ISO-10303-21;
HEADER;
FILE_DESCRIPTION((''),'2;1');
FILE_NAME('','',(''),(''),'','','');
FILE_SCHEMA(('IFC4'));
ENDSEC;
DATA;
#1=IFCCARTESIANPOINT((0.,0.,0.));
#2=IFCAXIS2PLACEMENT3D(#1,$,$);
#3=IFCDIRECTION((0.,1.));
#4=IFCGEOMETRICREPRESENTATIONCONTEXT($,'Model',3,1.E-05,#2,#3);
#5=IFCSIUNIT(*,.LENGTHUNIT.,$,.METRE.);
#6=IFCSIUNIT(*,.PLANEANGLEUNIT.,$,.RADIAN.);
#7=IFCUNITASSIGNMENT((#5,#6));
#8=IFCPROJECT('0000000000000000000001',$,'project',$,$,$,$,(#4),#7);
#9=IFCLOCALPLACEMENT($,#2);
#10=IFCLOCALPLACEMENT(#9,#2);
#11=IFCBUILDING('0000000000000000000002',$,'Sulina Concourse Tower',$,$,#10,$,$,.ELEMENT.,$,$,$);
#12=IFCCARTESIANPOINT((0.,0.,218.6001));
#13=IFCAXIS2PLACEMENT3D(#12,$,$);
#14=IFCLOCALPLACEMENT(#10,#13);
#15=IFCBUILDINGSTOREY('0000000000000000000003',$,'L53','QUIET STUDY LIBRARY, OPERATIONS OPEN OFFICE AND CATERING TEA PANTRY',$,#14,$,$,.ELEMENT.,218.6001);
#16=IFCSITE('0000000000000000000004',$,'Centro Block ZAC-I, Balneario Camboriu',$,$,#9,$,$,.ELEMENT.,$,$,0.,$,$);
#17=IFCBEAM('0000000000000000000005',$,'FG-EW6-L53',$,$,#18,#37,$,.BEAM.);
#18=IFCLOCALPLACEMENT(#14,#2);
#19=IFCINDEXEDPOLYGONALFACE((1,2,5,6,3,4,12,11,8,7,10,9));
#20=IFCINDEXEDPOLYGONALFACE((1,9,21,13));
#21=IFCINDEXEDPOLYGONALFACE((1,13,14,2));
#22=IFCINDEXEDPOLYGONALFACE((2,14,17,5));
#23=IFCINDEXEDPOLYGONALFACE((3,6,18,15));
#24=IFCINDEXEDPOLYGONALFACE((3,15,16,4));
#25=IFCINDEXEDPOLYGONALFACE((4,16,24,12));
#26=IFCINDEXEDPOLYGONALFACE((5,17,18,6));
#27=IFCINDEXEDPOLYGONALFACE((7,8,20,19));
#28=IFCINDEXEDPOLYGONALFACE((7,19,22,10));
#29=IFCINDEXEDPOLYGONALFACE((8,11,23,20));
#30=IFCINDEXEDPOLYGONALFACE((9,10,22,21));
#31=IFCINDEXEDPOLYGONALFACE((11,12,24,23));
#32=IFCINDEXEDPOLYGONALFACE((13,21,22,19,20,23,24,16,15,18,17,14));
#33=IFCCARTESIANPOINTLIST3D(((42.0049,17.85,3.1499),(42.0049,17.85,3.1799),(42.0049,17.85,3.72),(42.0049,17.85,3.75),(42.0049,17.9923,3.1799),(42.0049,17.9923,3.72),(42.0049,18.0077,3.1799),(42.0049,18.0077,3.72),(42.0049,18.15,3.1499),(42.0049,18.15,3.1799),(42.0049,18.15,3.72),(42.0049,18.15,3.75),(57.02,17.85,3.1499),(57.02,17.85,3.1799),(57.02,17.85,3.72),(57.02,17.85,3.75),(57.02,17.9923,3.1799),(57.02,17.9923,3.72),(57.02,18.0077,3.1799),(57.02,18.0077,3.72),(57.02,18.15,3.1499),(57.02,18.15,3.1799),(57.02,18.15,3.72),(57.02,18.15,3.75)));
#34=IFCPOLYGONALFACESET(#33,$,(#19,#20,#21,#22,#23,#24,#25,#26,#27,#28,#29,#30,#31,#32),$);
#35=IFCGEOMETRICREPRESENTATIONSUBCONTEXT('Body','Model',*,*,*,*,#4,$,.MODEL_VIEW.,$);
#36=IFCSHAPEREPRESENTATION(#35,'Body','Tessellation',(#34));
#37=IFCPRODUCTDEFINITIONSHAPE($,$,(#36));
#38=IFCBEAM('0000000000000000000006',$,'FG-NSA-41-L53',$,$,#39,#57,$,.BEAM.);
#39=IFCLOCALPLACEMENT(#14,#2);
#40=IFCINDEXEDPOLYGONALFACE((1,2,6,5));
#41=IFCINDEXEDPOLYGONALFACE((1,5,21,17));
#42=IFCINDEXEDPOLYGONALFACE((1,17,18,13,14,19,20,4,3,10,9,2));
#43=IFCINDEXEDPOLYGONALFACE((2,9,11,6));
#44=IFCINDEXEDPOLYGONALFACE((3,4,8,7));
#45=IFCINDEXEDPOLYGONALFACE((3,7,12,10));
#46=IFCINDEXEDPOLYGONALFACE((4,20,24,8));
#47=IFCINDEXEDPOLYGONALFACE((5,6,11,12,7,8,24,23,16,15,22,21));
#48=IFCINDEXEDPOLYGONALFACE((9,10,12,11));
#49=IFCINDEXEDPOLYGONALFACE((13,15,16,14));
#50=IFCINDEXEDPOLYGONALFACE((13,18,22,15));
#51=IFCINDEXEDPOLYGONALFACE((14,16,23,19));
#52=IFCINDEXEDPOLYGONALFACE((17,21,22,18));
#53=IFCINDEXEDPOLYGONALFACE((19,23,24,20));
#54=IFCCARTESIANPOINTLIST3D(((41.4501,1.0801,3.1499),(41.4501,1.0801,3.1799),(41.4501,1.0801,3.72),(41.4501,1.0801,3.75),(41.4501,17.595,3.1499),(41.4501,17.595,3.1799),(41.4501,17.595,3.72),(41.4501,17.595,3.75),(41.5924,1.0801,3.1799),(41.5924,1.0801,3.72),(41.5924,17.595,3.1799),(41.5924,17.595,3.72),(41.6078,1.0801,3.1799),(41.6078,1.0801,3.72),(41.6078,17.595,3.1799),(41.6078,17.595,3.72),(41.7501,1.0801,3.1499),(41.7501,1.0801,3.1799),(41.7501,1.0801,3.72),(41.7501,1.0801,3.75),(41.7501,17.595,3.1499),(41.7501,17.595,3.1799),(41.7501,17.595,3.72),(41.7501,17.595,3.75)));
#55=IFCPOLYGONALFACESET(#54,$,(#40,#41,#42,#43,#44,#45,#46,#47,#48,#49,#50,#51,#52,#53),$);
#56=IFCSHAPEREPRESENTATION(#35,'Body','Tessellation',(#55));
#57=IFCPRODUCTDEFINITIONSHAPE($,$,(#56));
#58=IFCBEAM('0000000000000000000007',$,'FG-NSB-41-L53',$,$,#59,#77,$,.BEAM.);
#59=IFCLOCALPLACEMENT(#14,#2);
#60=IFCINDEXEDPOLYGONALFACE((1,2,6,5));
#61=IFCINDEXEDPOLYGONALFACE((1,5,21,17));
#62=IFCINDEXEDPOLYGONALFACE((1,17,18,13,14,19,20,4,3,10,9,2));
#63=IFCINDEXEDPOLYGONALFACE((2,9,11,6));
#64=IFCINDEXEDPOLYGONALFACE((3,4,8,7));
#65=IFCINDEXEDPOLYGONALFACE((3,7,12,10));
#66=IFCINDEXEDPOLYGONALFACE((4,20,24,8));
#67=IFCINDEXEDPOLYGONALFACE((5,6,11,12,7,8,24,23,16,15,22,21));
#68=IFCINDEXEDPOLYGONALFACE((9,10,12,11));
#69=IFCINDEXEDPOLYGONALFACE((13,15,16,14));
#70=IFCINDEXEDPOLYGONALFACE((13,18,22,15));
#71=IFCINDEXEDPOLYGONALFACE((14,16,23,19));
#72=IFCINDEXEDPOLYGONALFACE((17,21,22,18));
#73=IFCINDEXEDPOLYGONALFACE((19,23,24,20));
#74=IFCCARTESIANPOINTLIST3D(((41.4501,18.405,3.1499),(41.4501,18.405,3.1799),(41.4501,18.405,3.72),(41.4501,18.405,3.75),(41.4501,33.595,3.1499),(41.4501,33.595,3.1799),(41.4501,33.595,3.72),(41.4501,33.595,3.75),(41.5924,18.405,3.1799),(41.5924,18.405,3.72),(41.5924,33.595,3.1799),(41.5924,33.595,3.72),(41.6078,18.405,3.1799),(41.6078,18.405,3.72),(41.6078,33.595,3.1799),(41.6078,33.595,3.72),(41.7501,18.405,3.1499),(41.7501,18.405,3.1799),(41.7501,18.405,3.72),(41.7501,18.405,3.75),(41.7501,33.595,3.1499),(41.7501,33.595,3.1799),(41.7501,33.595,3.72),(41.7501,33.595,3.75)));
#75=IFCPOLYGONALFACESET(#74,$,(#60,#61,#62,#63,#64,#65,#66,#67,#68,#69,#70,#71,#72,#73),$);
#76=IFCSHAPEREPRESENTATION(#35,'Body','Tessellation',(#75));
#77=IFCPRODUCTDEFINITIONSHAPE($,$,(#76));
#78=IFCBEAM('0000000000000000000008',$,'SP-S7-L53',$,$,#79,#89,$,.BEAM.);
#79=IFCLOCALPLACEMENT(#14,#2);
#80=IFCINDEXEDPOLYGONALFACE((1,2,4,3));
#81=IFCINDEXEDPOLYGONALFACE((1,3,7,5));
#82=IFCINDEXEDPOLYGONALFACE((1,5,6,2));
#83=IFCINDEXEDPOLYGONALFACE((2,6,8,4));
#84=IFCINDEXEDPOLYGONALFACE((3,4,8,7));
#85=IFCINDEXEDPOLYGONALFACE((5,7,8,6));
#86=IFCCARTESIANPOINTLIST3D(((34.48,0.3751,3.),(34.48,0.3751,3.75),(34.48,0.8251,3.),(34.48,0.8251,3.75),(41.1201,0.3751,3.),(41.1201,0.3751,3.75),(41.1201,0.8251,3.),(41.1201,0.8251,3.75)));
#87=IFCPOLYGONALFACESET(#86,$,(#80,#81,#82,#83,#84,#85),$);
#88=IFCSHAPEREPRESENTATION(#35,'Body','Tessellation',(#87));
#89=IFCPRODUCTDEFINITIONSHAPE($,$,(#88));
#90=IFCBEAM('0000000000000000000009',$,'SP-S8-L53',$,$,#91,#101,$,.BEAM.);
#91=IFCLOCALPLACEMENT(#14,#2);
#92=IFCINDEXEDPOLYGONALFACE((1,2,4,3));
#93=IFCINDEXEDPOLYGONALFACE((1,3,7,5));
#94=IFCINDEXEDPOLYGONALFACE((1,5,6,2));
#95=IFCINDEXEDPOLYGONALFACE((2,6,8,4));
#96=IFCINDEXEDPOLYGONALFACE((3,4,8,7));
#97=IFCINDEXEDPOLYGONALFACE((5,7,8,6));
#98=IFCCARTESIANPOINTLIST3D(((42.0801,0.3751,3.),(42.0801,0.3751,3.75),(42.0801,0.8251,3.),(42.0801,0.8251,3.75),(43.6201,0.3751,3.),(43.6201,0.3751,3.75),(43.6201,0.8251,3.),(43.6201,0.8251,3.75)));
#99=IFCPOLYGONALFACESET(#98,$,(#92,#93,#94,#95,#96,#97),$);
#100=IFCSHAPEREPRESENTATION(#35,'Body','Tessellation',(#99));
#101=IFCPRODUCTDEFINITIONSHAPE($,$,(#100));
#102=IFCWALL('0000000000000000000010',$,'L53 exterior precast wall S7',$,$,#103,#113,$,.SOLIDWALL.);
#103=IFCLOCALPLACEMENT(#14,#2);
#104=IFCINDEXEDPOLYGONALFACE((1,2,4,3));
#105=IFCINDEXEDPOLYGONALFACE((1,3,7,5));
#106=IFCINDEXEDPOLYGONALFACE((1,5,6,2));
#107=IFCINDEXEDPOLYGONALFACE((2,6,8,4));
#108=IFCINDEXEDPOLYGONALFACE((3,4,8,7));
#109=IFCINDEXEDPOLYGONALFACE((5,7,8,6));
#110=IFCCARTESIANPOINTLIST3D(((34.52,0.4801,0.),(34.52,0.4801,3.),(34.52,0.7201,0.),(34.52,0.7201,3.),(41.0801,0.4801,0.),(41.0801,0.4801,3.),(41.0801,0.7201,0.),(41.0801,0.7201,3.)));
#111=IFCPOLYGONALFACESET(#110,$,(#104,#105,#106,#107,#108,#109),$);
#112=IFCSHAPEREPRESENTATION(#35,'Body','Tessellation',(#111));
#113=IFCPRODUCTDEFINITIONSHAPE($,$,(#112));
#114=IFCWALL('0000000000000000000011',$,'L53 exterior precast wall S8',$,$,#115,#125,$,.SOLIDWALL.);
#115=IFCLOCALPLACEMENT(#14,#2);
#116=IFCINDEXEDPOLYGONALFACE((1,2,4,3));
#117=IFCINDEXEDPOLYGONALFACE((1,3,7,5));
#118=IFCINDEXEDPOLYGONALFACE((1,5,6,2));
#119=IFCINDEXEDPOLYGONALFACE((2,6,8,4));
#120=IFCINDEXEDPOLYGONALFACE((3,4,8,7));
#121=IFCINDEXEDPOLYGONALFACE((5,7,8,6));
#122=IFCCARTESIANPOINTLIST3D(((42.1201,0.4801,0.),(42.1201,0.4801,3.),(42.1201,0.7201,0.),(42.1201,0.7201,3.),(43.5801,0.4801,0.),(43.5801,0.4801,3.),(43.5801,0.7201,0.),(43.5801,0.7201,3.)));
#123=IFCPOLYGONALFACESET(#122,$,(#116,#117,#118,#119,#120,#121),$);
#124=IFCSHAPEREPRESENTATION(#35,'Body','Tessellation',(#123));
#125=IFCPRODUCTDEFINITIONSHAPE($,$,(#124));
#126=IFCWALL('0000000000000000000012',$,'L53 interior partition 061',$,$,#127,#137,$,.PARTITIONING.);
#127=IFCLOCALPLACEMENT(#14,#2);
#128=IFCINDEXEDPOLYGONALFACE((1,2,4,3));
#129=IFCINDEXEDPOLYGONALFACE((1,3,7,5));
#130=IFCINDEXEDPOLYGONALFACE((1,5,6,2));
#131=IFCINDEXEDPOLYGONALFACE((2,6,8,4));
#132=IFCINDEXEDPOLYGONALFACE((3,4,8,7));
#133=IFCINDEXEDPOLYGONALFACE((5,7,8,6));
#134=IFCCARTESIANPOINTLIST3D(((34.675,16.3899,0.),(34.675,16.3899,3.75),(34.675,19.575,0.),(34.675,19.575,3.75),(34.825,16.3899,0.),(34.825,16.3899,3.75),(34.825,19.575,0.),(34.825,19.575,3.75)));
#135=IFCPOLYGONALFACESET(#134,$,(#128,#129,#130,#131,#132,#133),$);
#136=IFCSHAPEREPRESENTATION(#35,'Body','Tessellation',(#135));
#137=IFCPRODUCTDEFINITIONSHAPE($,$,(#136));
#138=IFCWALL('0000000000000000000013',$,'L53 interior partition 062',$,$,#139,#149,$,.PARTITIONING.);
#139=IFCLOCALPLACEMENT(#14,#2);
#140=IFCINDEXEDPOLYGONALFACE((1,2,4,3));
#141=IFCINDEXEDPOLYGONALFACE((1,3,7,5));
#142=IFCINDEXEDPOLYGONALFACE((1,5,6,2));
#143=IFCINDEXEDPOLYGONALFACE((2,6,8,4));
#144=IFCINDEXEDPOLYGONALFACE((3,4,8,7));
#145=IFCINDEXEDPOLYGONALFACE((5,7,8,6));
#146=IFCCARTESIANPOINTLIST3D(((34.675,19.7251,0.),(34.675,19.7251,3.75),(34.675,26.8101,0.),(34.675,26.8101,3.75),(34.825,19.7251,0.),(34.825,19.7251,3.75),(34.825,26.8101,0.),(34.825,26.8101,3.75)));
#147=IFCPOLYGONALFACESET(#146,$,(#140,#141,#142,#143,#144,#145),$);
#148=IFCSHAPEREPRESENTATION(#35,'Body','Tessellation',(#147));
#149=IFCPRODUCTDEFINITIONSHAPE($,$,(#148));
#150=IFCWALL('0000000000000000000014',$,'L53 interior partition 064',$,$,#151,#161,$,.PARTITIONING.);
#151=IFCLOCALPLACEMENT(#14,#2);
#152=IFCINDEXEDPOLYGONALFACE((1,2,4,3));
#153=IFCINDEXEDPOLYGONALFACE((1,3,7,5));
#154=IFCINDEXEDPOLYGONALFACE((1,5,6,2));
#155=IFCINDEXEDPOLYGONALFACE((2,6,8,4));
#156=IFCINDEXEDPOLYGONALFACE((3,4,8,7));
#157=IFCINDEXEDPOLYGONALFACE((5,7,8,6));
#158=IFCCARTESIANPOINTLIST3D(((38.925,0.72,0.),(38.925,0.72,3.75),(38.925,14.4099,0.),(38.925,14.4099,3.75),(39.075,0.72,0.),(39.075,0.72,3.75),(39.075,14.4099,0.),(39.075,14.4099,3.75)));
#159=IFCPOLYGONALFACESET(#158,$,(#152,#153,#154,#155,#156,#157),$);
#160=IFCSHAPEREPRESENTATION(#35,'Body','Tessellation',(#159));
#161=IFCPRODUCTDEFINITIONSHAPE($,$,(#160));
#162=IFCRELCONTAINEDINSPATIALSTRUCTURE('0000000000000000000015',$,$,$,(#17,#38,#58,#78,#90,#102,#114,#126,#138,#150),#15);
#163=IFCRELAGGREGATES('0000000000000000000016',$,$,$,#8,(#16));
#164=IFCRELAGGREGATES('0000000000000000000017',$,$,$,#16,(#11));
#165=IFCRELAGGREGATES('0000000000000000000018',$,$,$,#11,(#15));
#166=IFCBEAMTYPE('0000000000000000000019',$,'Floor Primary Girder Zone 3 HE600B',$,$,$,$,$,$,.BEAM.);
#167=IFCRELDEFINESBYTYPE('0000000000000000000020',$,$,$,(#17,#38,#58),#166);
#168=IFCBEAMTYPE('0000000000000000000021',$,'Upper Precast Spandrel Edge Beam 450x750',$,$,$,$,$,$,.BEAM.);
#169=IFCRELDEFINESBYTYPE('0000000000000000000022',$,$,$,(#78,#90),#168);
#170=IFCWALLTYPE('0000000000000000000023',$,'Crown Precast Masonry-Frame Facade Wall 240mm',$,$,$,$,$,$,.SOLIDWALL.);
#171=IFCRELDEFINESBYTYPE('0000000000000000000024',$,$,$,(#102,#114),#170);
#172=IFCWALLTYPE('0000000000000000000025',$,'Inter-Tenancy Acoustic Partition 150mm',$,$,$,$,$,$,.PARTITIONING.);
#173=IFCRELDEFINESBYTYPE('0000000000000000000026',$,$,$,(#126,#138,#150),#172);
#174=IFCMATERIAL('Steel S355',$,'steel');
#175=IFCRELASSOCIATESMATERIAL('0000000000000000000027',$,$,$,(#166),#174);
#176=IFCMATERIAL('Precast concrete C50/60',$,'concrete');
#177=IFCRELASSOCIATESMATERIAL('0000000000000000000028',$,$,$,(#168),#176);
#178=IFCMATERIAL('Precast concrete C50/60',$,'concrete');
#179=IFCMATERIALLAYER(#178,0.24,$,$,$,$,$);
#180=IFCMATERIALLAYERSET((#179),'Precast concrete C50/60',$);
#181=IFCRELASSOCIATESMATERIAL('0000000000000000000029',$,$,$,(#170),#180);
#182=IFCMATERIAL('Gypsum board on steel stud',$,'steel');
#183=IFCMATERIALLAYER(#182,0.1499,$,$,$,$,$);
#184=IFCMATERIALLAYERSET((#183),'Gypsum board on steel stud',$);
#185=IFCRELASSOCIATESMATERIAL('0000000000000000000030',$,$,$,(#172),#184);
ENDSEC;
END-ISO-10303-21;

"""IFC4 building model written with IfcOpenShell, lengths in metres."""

from ifc_helpers import new_model, si_unit, direction, frame, frame_2d, origin, origin_2d, place, context, subcontext, project, spatial, rectangle, i_section, extrude, material, layer, layer_set, material_profile, profile_set, type_object, element, save


model = new_model("IFC4")

# Units and contexts
model_context = context("Model", 3, precision=1e-05, world=origin(), true_north=direction((0.0, 1.0)))
body_context = subcontext(model_context, "Body", "Model", "MODEL_VIEW")
ifc_project = project(units=[si_unit("LENGTHUNIT", "METRE"), si_unit("PLANEANGLEUNIT", "RADIAN")], contexts=[model_context])

# Site, building, storey
site_placement = place(None, origin())
site = spatial("IfcSite", under=ifc_project, at=site_placement, Name="Centro Block ZAC-I, Balneario Camboriu", CompositionType="ELEMENT", RefElevation=0.0)
building_placement = place(site_placement, origin())
building = spatial("IfcBuilding", under=site, at=building_placement, Name="Sulina Concourse Tower", CompositionType="ELEMENT")
storey_placement = place(building_placement, frame((0.0, 0.0, 218.6001)))
storey = spatial("IfcBuildingStorey", under=building, at=storey_placement, Name="L53", Description="QUIET STUDY LIBRARY, OPERATIONS OPEN OFFICE AND CATERING TEA PANTRY", CompositionType="ELEMENT", Elevation=218.6001)

# Beams
ifc_material_1 = material(Name="Steel S355", Category="steel")
ifc_material_profile_1 = material_profile(ifc_material_1, i_section(OverallWidth=0.3, OverallDepth=0.6001, WebThickness=0.0154, FlangeThickness=0.03, at=origin_2d()), Name="HE 600 B")
ifc_profile_set_1 = profile_set([ifc_material_profile_1], Name="Steel S355")
beam_type_1 = type_object("IfcBeamType", Name="Floor Primary Girder Zone 3 HE600B", PredefinedType="BEAM", material=ifc_profile_set_1)
beam_1_placement = place(storey_placement, frame((42.0049, 18.0, 3.45), z_axis=(1.0, 0.0, 0.0), x_axis=(0.0, 1.0, 0.0)))
element("IfcBeam", 1, at=beam_1_placement, inside=storey, type_object=beam_type_1, Name="FG-EW6-L53", PredefinedType="BEAM", context=body_context, shape_type="SweptSolid", body=[
    extrude(i_section(OverallWidth=0.3, OverallDepth=0.6001, WebThickness=0.0154, FlangeThickness=0.03, at=origin_2d()), origin(), (0.0, 0.0, 1.0), 15.0151),
])
beam_2_placement = place(storey_placement, frame((41.6001, 1.0801, 3.45), z_axis=(0.0, 1.0, 0.0), x_axis=(-1.0, 0.0, 0.0)))
element("IfcBeam", 2, at=beam_2_placement, inside=storey, type_object=beam_type_1, Name="FG-NSA-41-L53", PredefinedType="BEAM", context=body_context, shape_type="SweptSolid", body=[
    extrude(i_section(OverallWidth=0.3, OverallDepth=0.6001, WebThickness=0.0154, FlangeThickness=0.03, at=origin_2d()), origin(), (0.0, 0.0, 1.0), 16.5149),
])
beam_3_placement = place(storey_placement, frame((41.6001, 18.405, 3.45), z_axis=(0.0, 1.0, 0.0), x_axis=(-1.0, 0.0, 0.0)))
element("IfcBeam", 3, at=beam_3_placement, inside=storey, type_object=beam_type_1, Name="FG-NSB-41-L53", PredefinedType="BEAM", context=body_context, shape_type="SweptSolid", body=[
    extrude(i_section(OverallWidth=0.3, OverallDepth=0.6001, WebThickness=0.0154, FlangeThickness=0.03, at=origin_2d()), origin(), (0.0, 0.0, 1.0), 15.1899),
])
ifc_material_2 = material(Name="Precast concrete C50/60", Category="concrete")
ifc_material_profile_2 = material_profile(ifc_material_2, rectangle(XDim=0.45, YDim=0.75, at=origin_2d()), Name="RC 450x750")
ifc_profile_set_2 = profile_set([ifc_material_profile_2], Name="Precast concrete C50/60")
beam_type_2 = type_object("IfcBeamType", Name="Upper Precast Spandrel Edge Beam 450x750", PredefinedType="BEAM", material=ifc_profile_set_2)
beam_4_placement = place(storey_placement, frame((34.48, 0.6001, 3.375), z_axis=(1.0, 0.0, 0.0), x_axis=(0.0, 1.0, 0.0)))
element("IfcBeam", 4, at=beam_4_placement, inside=storey, type_object=beam_type_2, Name="SP-S7-L53", PredefinedType="BEAM", context=body_context, shape_type="SweptSolid", body=[
    extrude(rectangle(XDim=0.45, YDim=0.75, at=origin_2d()), origin(), (0.0, 0.0, 1.0), 6.6401),
])
beam_5_placement = place(storey_placement, frame((42.0801, 0.6001, 3.375), z_axis=(1.0, 0.0, 0.0), x_axis=(0.0, 1.0, 0.0)))
element("IfcBeam", 5, at=beam_5_placement, inside=storey, type_object=beam_type_2, Name="SP-S8-L53", PredefinedType="BEAM", context=body_context, shape_type="SweptSolid", body=[
    extrude(rectangle(XDim=0.45, YDim=0.75, at=origin_2d()), origin(), (0.0, 0.0, 1.0), 1.54),
])

# Walls
ifc_material_3 = material(Name="Precast concrete C50/60", Category="concrete")
ifc_layer_1 = layer(ifc_material_3, 0.24)
ifc_layer_set_1 = layer_set([ifc_layer_1], Name="Precast concrete C50/60")
wall_type_1 = type_object("IfcWallType", Name="Crown Precast Masonry-Frame Facade Wall 240mm", PredefinedType="SOLIDWALL", material=ifc_layer_set_1)
wall_1_placement = place(storey_placement, frame((41.0801, 0.6001, 0.0), z_axis=(0.0, 0.0, 1.0), x_axis=(-1.0, 0.0, 0.0)))
element("IfcWall", 6, at=wall_1_placement, inside=storey, type_object=wall_type_1, Name="L53 exterior precast wall S7", PredefinedType="SOLIDWALL", context=body_context, shape_type="SweptSolid", body=[
    extrude(rectangle(XDim=6.5601, YDim=0.24, at=frame_2d((3.28, 0.0))), origin(), (0.0, 0.0, 1.0), 3.0),
])
wall_2_placement = place(storey_placement, frame((43.5801, 0.6001, 0.0), z_axis=(0.0, 0.0, 1.0), x_axis=(-1.0, 0.0, 0.0)))
element("IfcWall", 7, at=wall_2_placement, inside=storey, type_object=wall_type_1, Name="L53 exterior precast wall S8", PredefinedType="SOLIDWALL", context=body_context, shape_type="SweptSolid", body=[
    extrude(rectangle(XDim=1.46, YDim=0.24, at=frame_2d((0.73, 0.0))), origin(), (0.0, 0.0, 1.0), 3.0),
])
ifc_material_4 = material(Name="Gypsum board on steel stud", Category="steel")
ifc_layer_2 = layer(ifc_material_4, 0.1499)
ifc_layer_set_2 = layer_set([ifc_layer_2], Name="Gypsum board on steel stud")
wall_type_2 = type_object("IfcWallType", Name="Inter-Tenancy Acoustic Partition 150mm", PredefinedType="PARTITIONING", material=ifc_layer_set_2)
wall_3_placement = place(storey_placement, frame((34.75, 16.3899, 0.0), z_axis=(0.0, 0.0, 1.0), x_axis=(0.0, 1.0, 0.0)))
element("IfcWall", 8, at=wall_3_placement, inside=storey, type_object=wall_type_2, Name="L53 interior partition 061", PredefinedType="PARTITIONING", context=body_context, shape_type="SweptSolid", body=[
    extrude(rectangle(XDim=3.1851, YDim=0.1499, at=frame_2d((1.5925, 0.0))), origin(), (0.0, 0.0, 1.0), 3.75),
])
wall_4_placement = place(storey_placement, frame((34.75, 19.7251, 0.0), z_axis=(0.0, 0.0, 1.0), x_axis=(0.0, 1.0, 0.0)))
element("IfcWall", 9, at=wall_4_placement, inside=storey, type_object=wall_type_2, Name="L53 interior partition 062", PredefinedType="PARTITIONING", context=body_context, shape_type="SweptSolid", body=[
    extrude(rectangle(XDim=7.085, YDim=0.1499, at=frame_2d((3.5425, 0.0))), origin(), (0.0, 0.0, 1.0), 3.75),
])
wall_5_placement = place(storey_placement, frame((39.0, 0.72, 0.0), z_axis=(0.0, 0.0, 1.0), x_axis=(0.0, 1.0, 0.0)))
element("IfcWall", 10, at=wall_5_placement, inside=storey, type_object=wall_type_2, Name="L53 interior partition 064", PredefinedType="PARTITIONING", context=body_context, shape_type="SweptSolid", body=[
    extrude(rectangle(XDim=13.6899, YDim=0.1499, at=frame_2d((6.845, 0.0))), origin(), (0.0, 0.0, 1.0), 3.75),
])

save(model, "model.ifc")
